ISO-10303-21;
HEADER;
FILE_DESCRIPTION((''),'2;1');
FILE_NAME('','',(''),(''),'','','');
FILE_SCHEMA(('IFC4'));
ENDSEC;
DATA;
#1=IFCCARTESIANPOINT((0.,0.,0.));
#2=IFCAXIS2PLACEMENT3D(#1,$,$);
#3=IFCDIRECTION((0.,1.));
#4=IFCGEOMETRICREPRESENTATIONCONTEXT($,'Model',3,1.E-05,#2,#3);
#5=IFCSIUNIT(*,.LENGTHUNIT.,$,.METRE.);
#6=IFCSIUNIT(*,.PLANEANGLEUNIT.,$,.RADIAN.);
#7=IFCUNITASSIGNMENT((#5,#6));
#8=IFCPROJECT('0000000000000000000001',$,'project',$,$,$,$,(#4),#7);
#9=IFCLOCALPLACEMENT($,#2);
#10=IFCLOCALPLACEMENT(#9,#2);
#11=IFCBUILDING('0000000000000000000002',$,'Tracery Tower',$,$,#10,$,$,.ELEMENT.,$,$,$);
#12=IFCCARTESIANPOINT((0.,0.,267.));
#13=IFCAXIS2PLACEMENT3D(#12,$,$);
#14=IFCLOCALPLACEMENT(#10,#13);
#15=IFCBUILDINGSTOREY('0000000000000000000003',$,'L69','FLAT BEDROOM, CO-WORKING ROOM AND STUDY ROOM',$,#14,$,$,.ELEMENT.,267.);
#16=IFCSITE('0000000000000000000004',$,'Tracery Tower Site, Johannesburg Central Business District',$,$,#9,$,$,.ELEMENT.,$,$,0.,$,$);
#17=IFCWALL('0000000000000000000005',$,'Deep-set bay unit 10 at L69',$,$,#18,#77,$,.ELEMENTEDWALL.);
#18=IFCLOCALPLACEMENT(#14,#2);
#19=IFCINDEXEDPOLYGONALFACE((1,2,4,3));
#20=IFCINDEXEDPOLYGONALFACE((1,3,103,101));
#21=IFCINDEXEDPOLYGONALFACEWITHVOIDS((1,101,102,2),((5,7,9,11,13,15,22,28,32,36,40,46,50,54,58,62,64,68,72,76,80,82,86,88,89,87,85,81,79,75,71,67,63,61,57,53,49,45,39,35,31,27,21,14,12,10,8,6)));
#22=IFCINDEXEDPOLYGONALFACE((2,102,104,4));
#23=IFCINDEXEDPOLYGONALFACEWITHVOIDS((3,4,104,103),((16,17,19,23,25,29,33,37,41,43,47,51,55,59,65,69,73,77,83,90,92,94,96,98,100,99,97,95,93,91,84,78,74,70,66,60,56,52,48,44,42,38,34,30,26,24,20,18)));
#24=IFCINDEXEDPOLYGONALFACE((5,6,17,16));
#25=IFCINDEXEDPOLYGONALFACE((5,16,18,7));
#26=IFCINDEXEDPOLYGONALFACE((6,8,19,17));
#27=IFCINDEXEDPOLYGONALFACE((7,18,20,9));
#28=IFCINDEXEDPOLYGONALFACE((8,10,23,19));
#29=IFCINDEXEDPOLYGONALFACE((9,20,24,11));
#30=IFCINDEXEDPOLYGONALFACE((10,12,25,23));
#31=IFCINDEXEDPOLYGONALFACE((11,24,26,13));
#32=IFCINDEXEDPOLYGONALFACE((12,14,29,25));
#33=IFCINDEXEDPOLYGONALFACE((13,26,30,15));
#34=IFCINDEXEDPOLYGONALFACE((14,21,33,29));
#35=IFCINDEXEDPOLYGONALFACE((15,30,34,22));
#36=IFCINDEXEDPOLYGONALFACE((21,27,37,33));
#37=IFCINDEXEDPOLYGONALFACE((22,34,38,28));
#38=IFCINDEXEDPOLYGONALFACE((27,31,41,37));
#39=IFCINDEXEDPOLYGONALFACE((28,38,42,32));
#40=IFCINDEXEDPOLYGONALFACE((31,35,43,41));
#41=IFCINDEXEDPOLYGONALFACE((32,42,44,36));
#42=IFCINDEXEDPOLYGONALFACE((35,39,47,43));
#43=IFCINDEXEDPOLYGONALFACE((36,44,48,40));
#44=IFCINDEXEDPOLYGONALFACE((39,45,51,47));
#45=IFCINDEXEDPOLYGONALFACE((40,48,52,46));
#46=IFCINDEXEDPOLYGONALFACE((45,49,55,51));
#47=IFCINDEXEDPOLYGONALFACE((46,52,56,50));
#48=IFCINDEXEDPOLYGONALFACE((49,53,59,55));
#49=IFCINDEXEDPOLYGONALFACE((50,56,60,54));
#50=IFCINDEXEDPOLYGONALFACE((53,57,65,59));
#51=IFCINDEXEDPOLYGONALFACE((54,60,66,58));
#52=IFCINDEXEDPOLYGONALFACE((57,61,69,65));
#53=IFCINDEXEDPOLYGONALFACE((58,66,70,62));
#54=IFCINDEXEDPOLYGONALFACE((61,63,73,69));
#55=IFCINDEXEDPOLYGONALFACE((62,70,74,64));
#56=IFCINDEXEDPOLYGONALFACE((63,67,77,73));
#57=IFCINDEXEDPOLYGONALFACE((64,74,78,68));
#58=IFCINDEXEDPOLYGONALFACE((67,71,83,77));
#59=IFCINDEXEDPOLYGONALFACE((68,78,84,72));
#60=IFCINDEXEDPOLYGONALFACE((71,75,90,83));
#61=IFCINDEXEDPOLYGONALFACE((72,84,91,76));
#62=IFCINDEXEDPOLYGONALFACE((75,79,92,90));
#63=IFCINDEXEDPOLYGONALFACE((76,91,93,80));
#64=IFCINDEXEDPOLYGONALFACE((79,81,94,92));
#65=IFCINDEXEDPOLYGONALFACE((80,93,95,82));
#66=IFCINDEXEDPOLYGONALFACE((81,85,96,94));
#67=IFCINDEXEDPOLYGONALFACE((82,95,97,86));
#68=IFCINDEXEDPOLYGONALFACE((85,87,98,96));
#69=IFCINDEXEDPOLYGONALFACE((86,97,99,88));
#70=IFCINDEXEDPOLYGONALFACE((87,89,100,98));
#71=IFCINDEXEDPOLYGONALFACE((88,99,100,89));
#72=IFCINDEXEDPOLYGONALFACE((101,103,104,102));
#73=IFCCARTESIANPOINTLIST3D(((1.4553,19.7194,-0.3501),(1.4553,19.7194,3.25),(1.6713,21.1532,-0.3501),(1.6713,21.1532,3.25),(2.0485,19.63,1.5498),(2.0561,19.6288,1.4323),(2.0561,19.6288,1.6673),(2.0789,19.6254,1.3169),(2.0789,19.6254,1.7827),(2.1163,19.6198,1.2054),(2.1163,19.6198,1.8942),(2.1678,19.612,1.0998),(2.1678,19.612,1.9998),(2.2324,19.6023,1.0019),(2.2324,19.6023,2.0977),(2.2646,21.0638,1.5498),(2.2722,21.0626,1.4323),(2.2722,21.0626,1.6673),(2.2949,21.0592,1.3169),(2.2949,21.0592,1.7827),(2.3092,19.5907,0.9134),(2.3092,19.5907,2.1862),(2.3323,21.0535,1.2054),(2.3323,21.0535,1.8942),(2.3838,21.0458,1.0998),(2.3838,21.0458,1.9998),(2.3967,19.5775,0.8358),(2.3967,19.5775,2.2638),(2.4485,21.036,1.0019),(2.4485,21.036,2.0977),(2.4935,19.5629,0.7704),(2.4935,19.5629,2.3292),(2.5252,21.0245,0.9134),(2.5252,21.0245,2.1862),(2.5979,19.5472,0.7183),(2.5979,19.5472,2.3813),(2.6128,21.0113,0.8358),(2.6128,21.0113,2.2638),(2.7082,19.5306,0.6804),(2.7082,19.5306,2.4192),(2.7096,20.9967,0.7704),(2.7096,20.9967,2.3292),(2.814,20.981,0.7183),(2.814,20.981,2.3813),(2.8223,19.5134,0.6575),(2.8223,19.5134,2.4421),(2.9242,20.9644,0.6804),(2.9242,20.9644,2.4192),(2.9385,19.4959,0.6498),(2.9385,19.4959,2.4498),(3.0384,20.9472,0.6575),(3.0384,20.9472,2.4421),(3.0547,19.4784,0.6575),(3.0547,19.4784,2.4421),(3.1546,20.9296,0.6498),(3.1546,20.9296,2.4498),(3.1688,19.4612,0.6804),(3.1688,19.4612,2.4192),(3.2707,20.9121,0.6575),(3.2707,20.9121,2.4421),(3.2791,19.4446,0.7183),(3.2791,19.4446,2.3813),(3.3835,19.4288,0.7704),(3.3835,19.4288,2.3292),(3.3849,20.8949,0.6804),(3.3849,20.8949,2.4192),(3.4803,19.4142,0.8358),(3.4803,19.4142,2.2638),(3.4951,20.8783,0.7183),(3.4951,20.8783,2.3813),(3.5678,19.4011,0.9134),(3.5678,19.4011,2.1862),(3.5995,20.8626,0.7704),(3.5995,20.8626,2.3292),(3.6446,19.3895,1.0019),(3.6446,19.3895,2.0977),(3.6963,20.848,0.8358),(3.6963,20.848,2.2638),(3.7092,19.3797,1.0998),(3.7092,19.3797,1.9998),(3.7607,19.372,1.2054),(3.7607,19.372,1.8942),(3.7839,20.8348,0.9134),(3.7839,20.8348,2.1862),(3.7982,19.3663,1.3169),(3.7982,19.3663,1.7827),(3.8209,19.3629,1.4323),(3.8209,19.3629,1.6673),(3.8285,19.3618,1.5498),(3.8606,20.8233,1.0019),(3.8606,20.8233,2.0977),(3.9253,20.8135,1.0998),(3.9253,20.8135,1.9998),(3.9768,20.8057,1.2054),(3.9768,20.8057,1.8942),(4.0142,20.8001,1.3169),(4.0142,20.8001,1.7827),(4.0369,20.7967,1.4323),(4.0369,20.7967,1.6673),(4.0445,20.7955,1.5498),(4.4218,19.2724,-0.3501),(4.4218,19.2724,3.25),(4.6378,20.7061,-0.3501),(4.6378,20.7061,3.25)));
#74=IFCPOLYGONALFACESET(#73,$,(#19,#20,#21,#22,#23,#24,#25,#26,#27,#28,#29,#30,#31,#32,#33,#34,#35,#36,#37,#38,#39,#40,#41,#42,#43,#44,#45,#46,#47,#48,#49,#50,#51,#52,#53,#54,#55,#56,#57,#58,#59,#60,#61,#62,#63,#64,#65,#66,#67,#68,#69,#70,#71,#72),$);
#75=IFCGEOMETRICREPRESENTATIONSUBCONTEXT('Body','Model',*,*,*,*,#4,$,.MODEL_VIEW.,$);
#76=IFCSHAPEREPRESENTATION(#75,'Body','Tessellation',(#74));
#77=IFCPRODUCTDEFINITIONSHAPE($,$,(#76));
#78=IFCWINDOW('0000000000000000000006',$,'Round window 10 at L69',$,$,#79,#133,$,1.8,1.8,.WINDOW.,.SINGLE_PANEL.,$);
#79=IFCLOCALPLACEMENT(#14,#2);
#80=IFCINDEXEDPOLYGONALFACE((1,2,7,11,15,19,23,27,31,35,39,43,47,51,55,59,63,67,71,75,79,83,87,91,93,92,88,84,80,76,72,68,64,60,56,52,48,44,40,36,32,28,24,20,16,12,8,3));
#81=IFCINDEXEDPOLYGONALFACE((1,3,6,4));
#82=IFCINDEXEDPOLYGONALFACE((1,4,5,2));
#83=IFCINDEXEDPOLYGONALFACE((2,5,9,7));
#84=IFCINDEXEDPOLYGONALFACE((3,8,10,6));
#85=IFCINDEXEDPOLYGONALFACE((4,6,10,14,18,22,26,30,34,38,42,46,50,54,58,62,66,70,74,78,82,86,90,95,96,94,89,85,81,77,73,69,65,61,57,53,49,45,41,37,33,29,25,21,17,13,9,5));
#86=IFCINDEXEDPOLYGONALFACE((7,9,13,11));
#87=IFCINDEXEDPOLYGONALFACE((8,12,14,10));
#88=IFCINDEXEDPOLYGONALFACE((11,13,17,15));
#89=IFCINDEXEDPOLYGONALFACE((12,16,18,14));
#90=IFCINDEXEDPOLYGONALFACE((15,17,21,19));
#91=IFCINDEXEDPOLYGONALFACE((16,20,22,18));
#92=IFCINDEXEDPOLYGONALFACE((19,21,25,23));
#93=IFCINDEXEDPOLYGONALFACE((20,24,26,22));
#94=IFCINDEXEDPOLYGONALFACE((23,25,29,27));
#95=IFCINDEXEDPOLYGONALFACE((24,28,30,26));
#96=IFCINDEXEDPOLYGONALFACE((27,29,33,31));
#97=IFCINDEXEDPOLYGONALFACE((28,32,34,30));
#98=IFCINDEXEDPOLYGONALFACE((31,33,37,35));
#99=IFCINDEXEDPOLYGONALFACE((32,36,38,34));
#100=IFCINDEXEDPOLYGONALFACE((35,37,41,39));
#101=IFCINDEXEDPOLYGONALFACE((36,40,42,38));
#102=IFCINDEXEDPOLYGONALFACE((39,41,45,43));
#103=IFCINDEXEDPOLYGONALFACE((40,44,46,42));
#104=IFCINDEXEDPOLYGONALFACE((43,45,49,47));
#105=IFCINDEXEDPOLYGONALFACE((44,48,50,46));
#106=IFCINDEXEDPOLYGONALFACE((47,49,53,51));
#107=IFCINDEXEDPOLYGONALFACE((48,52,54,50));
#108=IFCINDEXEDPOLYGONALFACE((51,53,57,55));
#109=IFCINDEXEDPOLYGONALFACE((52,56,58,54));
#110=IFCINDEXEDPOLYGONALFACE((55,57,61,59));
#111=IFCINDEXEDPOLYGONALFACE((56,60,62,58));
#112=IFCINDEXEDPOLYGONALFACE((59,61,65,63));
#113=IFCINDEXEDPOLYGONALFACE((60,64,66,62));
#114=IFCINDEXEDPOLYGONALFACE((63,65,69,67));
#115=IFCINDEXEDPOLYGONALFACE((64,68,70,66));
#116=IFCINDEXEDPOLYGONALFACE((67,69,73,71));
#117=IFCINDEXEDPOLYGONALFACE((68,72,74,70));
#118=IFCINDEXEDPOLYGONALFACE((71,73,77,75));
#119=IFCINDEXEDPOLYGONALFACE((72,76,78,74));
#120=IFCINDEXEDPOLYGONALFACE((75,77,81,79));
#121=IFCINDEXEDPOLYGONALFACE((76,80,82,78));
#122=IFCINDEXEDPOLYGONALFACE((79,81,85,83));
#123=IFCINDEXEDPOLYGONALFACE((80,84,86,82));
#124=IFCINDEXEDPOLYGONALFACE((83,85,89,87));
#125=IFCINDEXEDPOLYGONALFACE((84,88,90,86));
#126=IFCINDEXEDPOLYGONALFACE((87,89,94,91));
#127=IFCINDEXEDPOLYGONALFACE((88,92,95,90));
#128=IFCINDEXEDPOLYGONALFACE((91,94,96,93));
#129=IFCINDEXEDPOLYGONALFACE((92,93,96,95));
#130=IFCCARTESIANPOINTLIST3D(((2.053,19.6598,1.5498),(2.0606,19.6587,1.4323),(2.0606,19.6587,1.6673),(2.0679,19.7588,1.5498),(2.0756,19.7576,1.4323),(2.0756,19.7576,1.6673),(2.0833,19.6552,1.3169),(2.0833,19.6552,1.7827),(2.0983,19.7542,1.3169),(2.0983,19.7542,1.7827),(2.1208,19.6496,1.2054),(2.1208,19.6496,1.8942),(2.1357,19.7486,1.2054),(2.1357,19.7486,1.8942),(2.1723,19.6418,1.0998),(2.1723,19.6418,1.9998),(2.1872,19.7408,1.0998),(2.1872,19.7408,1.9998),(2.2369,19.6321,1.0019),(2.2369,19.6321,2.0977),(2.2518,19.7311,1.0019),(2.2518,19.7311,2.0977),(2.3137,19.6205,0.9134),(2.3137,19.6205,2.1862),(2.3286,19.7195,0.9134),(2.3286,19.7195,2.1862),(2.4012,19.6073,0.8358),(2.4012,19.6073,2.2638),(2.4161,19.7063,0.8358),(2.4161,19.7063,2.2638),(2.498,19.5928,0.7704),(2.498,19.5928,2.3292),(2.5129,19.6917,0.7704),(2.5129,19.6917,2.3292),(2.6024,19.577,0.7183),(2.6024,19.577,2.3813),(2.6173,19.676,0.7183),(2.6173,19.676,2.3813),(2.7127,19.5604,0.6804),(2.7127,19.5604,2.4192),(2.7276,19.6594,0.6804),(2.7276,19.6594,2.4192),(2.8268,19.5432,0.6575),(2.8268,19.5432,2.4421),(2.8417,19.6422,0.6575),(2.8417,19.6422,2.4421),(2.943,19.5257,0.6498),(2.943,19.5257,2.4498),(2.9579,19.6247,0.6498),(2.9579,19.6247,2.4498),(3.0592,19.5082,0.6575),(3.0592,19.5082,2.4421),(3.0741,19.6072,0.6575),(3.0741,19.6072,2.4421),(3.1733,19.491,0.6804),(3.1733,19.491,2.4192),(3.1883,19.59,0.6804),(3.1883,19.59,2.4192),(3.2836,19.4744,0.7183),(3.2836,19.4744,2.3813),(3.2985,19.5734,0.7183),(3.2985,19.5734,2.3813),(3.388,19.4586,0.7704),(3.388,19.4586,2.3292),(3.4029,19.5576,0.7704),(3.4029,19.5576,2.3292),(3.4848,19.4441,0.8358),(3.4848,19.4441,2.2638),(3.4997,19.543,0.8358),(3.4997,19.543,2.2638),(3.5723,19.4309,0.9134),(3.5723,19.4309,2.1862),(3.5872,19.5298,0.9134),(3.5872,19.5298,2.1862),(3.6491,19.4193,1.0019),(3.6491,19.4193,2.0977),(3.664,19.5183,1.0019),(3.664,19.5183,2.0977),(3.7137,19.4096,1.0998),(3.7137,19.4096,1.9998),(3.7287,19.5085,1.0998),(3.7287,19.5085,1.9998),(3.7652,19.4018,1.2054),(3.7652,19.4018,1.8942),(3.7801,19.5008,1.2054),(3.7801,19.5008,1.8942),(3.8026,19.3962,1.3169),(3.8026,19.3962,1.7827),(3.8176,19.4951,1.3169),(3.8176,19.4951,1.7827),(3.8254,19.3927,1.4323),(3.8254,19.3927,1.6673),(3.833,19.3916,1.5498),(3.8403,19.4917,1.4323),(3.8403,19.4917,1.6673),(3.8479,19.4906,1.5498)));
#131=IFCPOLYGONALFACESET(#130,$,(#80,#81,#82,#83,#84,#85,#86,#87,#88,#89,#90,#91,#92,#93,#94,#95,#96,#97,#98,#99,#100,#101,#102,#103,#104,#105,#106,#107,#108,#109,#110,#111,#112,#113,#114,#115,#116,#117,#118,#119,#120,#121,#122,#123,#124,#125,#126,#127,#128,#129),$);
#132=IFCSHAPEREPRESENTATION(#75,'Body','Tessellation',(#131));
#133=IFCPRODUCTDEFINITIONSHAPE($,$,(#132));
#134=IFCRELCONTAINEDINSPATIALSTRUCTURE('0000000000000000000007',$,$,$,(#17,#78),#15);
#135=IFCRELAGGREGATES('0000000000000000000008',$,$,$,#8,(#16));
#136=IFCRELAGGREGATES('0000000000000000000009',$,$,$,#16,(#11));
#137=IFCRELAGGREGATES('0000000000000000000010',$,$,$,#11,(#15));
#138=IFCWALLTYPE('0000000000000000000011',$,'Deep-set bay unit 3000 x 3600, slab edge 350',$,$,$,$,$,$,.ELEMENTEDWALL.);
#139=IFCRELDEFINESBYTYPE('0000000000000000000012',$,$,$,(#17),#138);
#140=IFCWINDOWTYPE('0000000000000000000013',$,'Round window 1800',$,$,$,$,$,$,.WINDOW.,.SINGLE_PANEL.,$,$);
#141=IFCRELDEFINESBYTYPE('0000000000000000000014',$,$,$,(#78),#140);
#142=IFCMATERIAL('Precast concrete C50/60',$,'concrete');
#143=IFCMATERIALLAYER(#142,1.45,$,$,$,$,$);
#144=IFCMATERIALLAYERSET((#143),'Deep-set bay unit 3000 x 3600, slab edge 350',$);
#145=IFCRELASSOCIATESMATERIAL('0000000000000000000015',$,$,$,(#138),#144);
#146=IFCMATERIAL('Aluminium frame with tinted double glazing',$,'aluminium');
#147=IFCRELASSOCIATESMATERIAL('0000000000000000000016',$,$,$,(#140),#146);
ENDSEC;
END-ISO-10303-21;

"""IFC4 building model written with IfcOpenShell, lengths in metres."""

from ifc_helpers import new_model, si_unit, direction, frame, frame_2d, origin, origin_2d, place, context, subcontext, project, spatial, rectangle, circle, extrude, material, layer, layer_set, type_object, element, fill, save


model = new_model("IFC4")

# Units and contexts
model_context = context("Model", 3, precision=1e-05, world=origin(), true_north=direction((0.0, 1.0)))
body_context = subcontext(model_context, "Body", "Model", "MODEL_VIEW")
ifc_project = project(units=[si_unit("LENGTHUNIT", "METRE"), si_unit("PLANEANGLEUNIT", "RADIAN")], contexts=[model_context])

# Site, building, storey
site_placement = place(None, origin())
site = spatial("IfcSite", under=ifc_project, at=site_placement, Name="Tracery Tower Site, Johannesburg Central Business District", CompositionType="ELEMENT", RefElevation=0.0)
building_placement = place(site_placement, origin())
building = spatial("IfcBuilding", under=site, at=building_placement, Name="Tracery Tower", CompositionType="ELEMENT")
storey_placement = place(building_placement, frame((0.0, 0.0, 267.0)))
storey = spatial("IfcBuildingStorey", under=building, at=storey_placement, Name="L69", Description="FLAT BEDROOM, CO-WORKING ROOM AND STUDY ROOM", CompositionType="ELEMENT", Elevation=267.0)

# Wall, opening, window
ifc_material_1 = material(Name="Precast concrete C50/60", Category="concrete")
ifc_layer_1 = layer(ifc_material_1, 1.45)
ifc_layer_set_1 = layer_set([ifc_layer_1], Name="Deep-set bay unit 3000 x 3600, slab edge 350")
wall_type_1 = type_object("IfcWallType", Name="Deep-set bay unit 3000 x 3600, slab edge 350", PredefinedType="ELEMENTEDWALL", material=ifc_layer_set_1)
wall_1_placement = place(storey_placement, frame((4.5298, 19.9893, -0.3501), z_axis=(0.0, 0.0, 1.0), x_axis=(-0.988836, 0.149005, 0.0)))
wall_1 = element("IfcWall", 1, at=wall_1_placement, inside=storey, type_object=wall_type_1, Name="Deep-set bay unit 10 at L69", PredefinedType="ELEMENTEDWALL", context=body_context, shape_type="SweptSolid", body=[
    extrude(rectangle(XDim=3.0, YDim=1.45, at=frame_2d((1.5, 0.0))), origin(), (0.0, 0.0, 1.0), 3.6001),
])
opening_1_placement = place(wall_1_placement, frame((1.5, 0.0, 1.8999)))
opening_1 = element("IfcOpeningElement", 2, at=opening_1_placement, cuts=wall_1, PredefinedType="OPENING", context=body_context, shape_type="SweptSolid", body=[
    extrude(circle(Radius=0.9, at=origin_2d()), frame((0.0, 0.7349, 0.0), z_axis=(0.0, -1.0, 0.0), x_axis=(1.0, 0.0, 0.0)), (0.0, 0.0, 1.0), 1.47),
])
ifc_material_2 = material(Name="Aluminium frame with tinted double glazing", Category="aluminium")
window_type = type_object("IfcWindowType", Name="Round window 1800", PartitioningType="SINGLE_PANEL", PredefinedType="WINDOW", material=ifc_material_2)
window_1_placement = place(opening_1_placement, origin())
window_1 = element("IfcWindow", 3, at=window_1_placement, inside=storey, type_object=window_type, Name="Round window 10 at L69", OverallHeight=1.8, OverallWidth=1.8, PartitioningType="SINGLE_PANEL", PredefinedType="WINDOW", context=body_context, shape_type="SweptSolid", body=[
    extrude(circle(Radius=0.9, at=origin_2d()), frame((0.0, 0.6948, 0.0), z_axis=(0.0, -1.0, 0.0), x_axis=(1.0, 0.0, 0.0)), (0.0, 0.0, 1.0), 0.1001),
])
fill(opening_1, window_1)

save(model, "model.ifc")
